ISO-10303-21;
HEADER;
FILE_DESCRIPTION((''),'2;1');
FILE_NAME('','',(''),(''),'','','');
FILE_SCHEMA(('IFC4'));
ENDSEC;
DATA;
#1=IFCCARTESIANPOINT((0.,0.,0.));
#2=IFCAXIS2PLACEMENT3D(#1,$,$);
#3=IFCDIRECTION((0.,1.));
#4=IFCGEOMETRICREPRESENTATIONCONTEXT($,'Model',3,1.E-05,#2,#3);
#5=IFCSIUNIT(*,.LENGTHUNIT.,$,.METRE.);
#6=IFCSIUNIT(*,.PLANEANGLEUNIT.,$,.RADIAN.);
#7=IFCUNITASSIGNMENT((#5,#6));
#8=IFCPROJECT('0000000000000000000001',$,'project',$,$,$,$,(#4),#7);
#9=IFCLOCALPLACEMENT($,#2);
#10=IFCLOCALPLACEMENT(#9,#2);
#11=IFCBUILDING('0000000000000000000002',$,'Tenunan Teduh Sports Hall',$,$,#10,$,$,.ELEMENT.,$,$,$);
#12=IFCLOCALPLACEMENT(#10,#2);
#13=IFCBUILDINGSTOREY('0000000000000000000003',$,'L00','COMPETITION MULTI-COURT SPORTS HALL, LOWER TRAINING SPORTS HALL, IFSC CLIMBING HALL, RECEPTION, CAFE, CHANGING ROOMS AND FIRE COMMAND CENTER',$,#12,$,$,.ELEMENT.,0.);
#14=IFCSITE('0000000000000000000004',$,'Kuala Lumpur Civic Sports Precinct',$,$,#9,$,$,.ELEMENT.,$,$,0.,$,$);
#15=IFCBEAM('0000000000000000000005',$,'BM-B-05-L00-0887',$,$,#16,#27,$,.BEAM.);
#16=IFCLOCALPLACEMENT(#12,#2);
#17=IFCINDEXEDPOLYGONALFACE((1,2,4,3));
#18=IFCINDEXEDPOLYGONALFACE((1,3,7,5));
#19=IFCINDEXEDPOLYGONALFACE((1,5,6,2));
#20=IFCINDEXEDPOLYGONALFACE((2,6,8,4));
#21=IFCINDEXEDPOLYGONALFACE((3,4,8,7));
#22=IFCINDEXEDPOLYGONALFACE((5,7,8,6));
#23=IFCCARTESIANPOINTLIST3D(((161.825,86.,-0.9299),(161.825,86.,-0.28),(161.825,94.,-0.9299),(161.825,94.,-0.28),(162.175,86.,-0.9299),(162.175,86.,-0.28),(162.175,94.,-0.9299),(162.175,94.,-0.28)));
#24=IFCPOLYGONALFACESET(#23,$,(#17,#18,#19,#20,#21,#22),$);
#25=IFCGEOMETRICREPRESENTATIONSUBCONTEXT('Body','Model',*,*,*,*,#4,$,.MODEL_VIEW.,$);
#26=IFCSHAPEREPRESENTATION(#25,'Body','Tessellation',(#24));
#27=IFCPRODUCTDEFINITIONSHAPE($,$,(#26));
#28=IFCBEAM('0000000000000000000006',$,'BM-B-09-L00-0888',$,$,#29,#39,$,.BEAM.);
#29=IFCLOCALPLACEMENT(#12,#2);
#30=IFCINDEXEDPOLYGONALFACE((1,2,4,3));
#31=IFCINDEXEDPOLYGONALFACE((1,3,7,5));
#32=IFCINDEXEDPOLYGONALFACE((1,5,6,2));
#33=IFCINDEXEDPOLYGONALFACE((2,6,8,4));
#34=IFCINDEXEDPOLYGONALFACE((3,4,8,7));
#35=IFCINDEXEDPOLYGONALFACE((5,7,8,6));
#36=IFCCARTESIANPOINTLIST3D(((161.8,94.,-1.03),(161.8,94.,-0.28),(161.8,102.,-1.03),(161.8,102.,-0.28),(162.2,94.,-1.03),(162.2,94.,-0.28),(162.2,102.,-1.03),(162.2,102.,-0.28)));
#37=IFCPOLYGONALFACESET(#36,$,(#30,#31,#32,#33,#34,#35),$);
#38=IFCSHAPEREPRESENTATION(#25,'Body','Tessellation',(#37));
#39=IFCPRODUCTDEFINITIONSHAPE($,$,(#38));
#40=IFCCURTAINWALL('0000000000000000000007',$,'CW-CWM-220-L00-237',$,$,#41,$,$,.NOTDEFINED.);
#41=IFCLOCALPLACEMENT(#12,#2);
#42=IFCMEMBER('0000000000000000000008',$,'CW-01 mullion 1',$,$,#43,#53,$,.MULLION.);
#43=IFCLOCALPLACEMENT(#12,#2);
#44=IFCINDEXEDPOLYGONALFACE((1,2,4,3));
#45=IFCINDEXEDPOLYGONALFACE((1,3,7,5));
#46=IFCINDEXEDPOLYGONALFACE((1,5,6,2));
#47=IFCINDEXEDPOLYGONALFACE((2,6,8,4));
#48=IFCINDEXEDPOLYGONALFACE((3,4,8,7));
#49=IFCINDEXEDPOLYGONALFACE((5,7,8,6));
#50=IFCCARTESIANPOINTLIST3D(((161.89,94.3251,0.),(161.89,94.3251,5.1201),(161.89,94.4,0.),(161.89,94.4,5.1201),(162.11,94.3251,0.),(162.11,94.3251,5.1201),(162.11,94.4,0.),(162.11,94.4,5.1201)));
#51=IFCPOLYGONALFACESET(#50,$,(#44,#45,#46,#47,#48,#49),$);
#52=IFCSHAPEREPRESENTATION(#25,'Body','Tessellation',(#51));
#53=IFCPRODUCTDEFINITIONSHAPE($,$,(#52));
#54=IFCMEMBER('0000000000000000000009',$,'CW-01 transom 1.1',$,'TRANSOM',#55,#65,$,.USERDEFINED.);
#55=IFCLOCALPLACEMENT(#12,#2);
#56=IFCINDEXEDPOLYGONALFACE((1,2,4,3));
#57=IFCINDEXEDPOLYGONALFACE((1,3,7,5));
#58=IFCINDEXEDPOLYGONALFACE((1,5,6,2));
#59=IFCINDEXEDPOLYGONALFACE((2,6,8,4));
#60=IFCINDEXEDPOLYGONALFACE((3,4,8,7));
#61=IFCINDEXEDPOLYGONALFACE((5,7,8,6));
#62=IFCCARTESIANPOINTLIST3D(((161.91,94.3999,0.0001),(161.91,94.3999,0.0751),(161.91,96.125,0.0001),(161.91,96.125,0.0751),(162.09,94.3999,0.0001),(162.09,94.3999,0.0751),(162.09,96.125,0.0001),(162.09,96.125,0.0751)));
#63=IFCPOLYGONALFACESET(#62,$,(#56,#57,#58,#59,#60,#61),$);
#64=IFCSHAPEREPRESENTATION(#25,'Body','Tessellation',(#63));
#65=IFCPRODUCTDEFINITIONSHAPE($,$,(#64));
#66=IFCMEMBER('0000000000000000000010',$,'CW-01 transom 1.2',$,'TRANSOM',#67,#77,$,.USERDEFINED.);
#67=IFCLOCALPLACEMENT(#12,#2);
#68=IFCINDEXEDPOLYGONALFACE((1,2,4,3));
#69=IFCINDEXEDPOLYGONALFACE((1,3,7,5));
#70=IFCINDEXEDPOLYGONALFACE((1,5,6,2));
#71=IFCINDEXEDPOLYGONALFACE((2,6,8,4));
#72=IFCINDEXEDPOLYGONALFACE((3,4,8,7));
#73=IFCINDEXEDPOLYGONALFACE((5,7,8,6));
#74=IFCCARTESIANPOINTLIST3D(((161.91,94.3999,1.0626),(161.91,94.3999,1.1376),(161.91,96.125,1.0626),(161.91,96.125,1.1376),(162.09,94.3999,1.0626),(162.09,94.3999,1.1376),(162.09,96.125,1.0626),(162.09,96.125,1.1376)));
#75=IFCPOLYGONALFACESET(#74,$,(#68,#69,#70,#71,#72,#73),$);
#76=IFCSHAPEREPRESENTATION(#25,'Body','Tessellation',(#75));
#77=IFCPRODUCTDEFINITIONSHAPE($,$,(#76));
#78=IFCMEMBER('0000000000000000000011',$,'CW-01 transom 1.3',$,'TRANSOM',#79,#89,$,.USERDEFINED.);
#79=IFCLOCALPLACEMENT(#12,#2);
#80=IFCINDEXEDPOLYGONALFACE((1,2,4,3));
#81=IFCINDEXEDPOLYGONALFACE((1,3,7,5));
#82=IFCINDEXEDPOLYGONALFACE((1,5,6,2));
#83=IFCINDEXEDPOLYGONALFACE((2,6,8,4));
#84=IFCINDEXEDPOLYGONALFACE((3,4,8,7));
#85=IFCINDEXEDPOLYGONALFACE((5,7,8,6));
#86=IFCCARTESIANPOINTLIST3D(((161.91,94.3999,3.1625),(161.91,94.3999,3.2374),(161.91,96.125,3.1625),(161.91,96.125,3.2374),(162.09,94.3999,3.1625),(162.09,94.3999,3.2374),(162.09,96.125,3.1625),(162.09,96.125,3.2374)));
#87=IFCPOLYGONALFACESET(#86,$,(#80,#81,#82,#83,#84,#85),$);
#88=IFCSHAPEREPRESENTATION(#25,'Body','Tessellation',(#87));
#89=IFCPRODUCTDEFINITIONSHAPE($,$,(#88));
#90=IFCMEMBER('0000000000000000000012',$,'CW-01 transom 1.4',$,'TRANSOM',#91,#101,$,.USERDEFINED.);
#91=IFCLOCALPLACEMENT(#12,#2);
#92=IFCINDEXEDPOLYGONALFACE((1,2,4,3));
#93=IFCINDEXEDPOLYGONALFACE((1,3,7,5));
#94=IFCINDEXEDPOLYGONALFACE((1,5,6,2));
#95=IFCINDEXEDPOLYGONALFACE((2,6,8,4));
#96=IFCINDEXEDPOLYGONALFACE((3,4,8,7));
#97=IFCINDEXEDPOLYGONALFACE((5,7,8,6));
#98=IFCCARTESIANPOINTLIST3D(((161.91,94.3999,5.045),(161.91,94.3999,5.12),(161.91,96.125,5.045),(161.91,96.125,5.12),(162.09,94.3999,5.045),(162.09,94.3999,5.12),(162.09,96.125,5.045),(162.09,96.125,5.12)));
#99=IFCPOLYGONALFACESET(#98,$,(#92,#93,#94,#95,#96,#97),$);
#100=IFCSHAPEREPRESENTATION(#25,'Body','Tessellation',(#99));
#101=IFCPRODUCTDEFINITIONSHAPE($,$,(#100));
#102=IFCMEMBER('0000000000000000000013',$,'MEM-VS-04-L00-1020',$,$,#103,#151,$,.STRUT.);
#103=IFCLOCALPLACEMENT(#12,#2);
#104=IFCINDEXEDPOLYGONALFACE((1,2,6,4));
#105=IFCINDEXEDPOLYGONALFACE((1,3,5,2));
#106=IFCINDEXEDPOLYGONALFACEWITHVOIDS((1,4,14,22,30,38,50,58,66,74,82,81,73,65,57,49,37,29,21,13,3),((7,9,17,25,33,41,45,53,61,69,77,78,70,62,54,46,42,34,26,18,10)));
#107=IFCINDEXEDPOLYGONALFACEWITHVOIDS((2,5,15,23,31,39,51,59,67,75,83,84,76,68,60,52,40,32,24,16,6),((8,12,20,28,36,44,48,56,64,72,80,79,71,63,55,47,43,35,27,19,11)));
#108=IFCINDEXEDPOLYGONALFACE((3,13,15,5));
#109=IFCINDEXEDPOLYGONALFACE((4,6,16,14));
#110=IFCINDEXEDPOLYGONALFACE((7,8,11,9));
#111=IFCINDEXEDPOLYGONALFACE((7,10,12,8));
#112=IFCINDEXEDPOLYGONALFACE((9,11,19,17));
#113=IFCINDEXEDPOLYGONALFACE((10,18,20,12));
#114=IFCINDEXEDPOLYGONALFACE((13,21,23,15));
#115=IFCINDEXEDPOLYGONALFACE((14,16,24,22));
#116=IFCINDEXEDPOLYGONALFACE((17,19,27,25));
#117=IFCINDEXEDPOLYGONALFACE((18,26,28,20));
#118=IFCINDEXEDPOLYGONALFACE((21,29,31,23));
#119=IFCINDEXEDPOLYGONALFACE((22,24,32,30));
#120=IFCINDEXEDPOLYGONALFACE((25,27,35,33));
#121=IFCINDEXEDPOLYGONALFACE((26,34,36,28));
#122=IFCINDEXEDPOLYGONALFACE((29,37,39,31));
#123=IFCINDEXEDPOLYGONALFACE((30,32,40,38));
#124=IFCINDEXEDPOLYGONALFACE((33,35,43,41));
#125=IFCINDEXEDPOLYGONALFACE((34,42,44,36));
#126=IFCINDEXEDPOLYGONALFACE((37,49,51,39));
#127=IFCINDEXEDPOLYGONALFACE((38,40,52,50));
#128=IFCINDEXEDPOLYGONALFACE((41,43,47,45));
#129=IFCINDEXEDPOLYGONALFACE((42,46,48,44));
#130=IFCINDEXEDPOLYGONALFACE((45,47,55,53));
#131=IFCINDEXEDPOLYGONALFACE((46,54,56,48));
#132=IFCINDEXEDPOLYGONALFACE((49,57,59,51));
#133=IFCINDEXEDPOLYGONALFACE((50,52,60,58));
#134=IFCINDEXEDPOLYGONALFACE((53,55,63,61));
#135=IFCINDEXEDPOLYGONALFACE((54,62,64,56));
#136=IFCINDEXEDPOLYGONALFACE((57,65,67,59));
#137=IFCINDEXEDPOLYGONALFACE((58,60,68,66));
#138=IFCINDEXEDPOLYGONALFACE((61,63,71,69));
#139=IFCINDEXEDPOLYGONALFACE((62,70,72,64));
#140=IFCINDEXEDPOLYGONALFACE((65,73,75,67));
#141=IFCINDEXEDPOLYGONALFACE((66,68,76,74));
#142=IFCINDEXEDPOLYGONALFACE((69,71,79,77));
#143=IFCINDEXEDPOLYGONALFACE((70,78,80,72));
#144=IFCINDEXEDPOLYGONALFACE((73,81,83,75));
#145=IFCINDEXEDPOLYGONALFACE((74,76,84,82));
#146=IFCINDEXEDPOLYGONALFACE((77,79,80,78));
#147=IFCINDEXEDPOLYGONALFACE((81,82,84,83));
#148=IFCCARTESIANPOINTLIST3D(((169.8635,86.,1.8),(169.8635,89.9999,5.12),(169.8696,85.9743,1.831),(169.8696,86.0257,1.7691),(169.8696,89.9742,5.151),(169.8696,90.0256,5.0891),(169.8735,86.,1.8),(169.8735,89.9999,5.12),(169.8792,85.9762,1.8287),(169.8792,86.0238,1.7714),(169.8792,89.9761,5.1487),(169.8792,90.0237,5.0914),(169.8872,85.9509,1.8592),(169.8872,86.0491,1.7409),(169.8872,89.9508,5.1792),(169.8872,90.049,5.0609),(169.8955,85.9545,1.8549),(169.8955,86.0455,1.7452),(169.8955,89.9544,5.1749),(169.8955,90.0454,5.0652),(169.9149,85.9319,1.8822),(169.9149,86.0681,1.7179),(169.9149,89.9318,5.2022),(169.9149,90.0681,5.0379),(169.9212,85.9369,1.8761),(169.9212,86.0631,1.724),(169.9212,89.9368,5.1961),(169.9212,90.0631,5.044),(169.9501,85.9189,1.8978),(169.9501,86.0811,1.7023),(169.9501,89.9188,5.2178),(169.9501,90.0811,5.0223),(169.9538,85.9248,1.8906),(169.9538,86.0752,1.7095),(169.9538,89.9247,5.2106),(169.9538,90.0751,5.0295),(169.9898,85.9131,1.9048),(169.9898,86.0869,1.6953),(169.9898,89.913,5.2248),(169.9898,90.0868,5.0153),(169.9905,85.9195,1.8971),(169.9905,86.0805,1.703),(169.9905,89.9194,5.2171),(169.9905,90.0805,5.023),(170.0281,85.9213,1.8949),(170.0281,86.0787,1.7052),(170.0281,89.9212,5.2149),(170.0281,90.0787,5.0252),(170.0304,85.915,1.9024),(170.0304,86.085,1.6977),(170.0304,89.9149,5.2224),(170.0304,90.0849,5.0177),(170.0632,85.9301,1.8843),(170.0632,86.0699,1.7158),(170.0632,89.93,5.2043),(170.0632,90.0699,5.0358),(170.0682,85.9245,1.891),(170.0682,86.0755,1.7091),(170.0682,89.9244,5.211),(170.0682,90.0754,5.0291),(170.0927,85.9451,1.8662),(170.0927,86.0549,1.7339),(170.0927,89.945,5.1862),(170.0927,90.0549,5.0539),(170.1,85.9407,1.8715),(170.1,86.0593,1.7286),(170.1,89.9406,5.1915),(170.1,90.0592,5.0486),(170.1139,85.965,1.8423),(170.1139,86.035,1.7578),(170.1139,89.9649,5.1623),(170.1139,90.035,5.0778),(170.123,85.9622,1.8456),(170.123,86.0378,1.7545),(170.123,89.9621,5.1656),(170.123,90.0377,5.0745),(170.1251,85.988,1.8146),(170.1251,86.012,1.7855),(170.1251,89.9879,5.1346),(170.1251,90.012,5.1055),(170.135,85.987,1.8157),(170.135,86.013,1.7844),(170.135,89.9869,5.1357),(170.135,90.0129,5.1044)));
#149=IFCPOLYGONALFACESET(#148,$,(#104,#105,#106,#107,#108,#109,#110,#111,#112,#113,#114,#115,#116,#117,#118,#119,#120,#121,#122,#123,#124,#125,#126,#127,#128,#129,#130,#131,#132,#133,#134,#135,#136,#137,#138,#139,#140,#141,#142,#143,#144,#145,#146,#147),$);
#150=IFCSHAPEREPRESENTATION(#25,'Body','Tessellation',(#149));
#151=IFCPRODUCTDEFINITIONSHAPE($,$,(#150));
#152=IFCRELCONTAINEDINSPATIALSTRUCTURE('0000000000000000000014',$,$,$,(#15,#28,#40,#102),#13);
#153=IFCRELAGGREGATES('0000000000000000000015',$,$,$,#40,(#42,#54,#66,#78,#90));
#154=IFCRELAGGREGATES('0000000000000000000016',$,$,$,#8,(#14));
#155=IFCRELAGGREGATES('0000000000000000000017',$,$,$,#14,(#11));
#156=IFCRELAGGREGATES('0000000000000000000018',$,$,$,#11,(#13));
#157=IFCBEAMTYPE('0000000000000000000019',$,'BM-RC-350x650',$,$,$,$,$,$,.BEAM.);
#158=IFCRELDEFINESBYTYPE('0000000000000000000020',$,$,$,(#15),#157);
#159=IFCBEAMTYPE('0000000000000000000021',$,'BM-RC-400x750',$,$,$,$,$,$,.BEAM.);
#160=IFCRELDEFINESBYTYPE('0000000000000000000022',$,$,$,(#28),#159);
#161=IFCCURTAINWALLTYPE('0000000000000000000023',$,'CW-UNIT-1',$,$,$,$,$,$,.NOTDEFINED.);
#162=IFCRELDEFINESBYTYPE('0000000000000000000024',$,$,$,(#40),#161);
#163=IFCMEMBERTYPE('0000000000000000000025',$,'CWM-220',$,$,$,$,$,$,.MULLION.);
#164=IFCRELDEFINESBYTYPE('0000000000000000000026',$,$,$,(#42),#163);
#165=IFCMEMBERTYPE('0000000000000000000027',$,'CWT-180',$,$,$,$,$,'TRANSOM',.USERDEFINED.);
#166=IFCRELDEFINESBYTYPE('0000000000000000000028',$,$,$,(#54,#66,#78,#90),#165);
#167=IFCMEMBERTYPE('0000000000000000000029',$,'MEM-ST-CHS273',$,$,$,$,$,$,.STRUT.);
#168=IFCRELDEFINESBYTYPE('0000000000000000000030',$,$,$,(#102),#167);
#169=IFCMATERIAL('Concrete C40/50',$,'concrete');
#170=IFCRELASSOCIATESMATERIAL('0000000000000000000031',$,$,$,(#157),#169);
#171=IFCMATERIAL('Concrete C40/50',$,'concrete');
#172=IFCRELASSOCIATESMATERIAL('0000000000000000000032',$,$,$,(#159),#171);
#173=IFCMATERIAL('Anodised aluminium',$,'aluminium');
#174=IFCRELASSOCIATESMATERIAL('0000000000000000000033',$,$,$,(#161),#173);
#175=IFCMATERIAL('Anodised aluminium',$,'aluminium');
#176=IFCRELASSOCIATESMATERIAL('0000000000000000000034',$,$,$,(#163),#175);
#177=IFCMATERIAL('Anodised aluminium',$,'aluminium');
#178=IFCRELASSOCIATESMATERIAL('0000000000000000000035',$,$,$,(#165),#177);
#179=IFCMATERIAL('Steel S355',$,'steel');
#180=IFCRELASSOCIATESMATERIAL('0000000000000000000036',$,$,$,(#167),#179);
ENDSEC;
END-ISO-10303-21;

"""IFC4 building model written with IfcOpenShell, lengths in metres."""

from ifc_helpers import new_model, si_unit, direction, frame, origin, origin_2d, place, context, subcontext, project, spatial, rectangle, hollow_circle, extrude, material, material_profile, profile_set, type_object, element, aggregate, save


model = new_model("IFC4")

# Units and contexts
model_context = context("Model", 3, precision=1e-05, world=origin(), true_north=direction((0.0, 1.0)))
body_context = subcontext(model_context, "Body", "Model", "MODEL_VIEW")
ifc_project = project(units=[si_unit("LENGTHUNIT", "METRE"), si_unit("PLANEANGLEUNIT", "RADIAN")], contexts=[model_context])

# Site, building, storey
site_placement = place(None, origin())
site = spatial("IfcSite", under=ifc_project, at=site_placement, Name="Kuala Lumpur Civic Sports Precinct", CompositionType="ELEMENT", RefElevation=0.0)
building_placement = place(site_placement, origin())
building = spatial("IfcBuilding", under=site, at=building_placement, Name="Tenunan Teduh Sports Hall", CompositionType="ELEMENT")
storey_placement = place(building_placement, origin())
storey = spatial("IfcBuildingStorey", under=building, at=storey_placement, Name="L00", Description="COMPETITION MULTI-COURT SPORTS HALL, LOWER TRAINING SPORTS HALL, IFSC CLIMBING HALL, RECEPTION, CAFE, CHANGING ROOMS AND FIRE COMMAND CENTER", CompositionType="ELEMENT", Elevation=0.0)

# Beams
ifc_material_1 = material(Name="Concrete C40/50", Category="concrete")
ifc_material_profile_1 = material_profile(ifc_material_1, rectangle(XDim=0.3501, YDim=0.6499, at=origin_2d()), Name="RCB 350x650")
ifc_profile_set_1 = profile_set([ifc_material_profile_1], Name="Concrete C40/50")
beam_type_1 = type_object("IfcBeamType", Name="BM-RC-350x650", PredefinedType="BEAM", material=ifc_profile_set_1)
beam_1_placement = place(storey_placement, frame((162.0, 86.0, -0.605), z_axis=(0.0, 1.0, 0.0), x_axis=(-1.0, 0.0, 0.0)))
element("IfcBeam", 1, at=beam_1_placement, inside=storey, type_object=beam_type_1, Name="BM-B-05-L00-0887", PredefinedType="BEAM", context=body_context, shape_type="SweptSolid", body=[
    extrude(rectangle(XDim=0.3501, YDim=0.6499, at=origin_2d()), origin(), (0.0, 0.0, 1.0), 8.0),
])
ifc_material_2 = material(Name="Concrete C40/50", Category="concrete")
ifc_material_profile_2 = material_profile(ifc_material_2, rectangle(XDim=0.3999, YDim=0.75, at=origin_2d()), Name="RCB 400x750")
ifc_profile_set_2 = profile_set([ifc_material_profile_2], Name="Concrete C40/50")
beam_type_2 = type_object("IfcBeamType", Name="BM-RC-400x750", PredefinedType="BEAM", material=ifc_profile_set_2)
beam_2_placement = place(storey_placement, frame((162.0, 94.0, -0.655), z_axis=(0.0, 1.0, 0.0), x_axis=(-1.0, 0.0, 0.0)))
element("IfcBeam", 2, at=beam_2_placement, inside=storey, type_object=beam_type_2, Name="BM-B-09-L00-0888", PredefinedType="BEAM", context=body_context, shape_type="SweptSolid", body=[
    extrude(rectangle(XDim=0.3999, YDim=0.75, at=origin_2d()), origin(), (0.0, 0.0, 1.0), 8.0),
])

# Curtain wall, members
ifc_material_3 = material(Name="Anodised aluminium", Category="aluminium")
curtain_wall_type = type_object("IfcCurtainWallType", Name="CW-UNIT-1", PredefinedType="NOTDEFINED", material=ifc_material_3)
curtain_wall_placement = place(storey_placement, origin())
curtain_wall = element("IfcCurtainWall", 3, at=curtain_wall_placement, inside=storey, type_object=curtain_wall_type, Name="CW-CWM-220-L00-237", PredefinedType="NOTDEFINED")
ifc_material_4 = material(Name="Anodised aluminium", Category="aluminium")
ifc_material_profile_3 = material_profile(ifc_material_4, rectangle(XDim=0.075, YDim=0.22, at=origin_2d()), Name="CWM 75x220")
ifc_profile_set_3 = profile_set([ifc_material_profile_3], Name="Anodised aluminium")
member_type_1 = type_object("IfcMemberType", Name="CWM-220", PredefinedType="MULLION", material=ifc_profile_set_3)
member_1_placement = place(storey_placement, frame((162.0, 94.3625, 0.0), z_axis=(0.0, 0.0, 1.0), x_axis=(0.0, 1.0, 0.0)))
member_1 = element("IfcMember", 4, at=member_1_placement, type_object=member_type_1, Name="CW-01 mullion 1", PredefinedType="MULLION", context=body_context, shape_type="SweptSolid", body=[
    extrude(rectangle(XDim=0.075, YDim=0.22, at=origin_2d()), origin(), (0.0, 0.0, 1.0), 5.1201),
])
ifc_material_5 = material(Name="Anodised aluminium", Category="aluminium")
ifc_material_profile_4 = material_profile(ifc_material_5, rectangle(XDim=0.075, YDim=0.1799, at=origin_2d()), Name="CWT 75x180")
ifc_profile_set_4 = profile_set([ifc_material_profile_4], Name="Anodised aluminium")
member_type_2 = type_object("IfcMemberType", Name="CWT-180", ElementType="TRANSOM", PredefinedType="USERDEFINED", material=ifc_profile_set_4)
member_2_placement = place(storey_placement, frame((162.0, 94.3999, 0.0376), z_axis=(0.0, 1.0, 0.0), x_axis=(0.0, 0.0, 1.0)))
member_2 = element("IfcMember", 5, at=member_2_placement, type_object=member_type_2, Name="CW-01 transom 1.1", ObjectType="TRANSOM", PredefinedType="USERDEFINED", context=body_context, shape_type="SweptSolid", body=[
    extrude(rectangle(XDim=0.075, YDim=0.1799, at=origin_2d()), origin(), (0.0, 0.0, 1.0), 1.7251),
])
member_3_placement = place(storey_placement, frame((162.0, 94.3999, 1.1001), z_axis=(0.0, 1.0, 0.0), x_axis=(0.0, 0.0, 1.0)))
member_3 = element("IfcMember", 6, at=member_3_placement, type_object=member_type_2, Name="CW-01 transom 1.2", ObjectType="TRANSOM", PredefinedType="USERDEFINED", context=body_context, shape_type="SweptSolid", body=[
    extrude(rectangle(XDim=0.075, YDim=0.1799, at=origin_2d()), origin(), (0.0, 0.0, 1.0), 1.7251),
])
member_4_placement = place(storey_placement, frame((162.0, 94.3999, 3.2), z_axis=(0.0, 1.0, 0.0), x_axis=(0.0, 0.0, 1.0)))
member_4 = element("IfcMember", 7, at=member_4_placement, type_object=member_type_2, Name="CW-01 transom 1.3", ObjectType="TRANSOM", PredefinedType="USERDEFINED", context=body_context, shape_type="SweptSolid", body=[
    extrude(rectangle(XDim=0.075, YDim=0.1799, at=origin_2d()), origin(), (0.0, 0.0, 1.0), 1.7251),
])
member_5_placement = place(storey_placement, frame((162.0, 94.3999, 5.0825), z_axis=(0.0, 1.0, 0.0), x_axis=(0.0, 0.0, 1.0)))
member_5 = element("IfcMember", 8, at=member_5_placement, type_object=member_type_2, Name="CW-01 transom 1.4", ObjectType="TRANSOM", PredefinedType="USERDEFINED", context=body_context, shape_type="SweptSolid", body=[
    extrude(rectangle(XDim=0.075, YDim=0.1799, at=origin_2d()), origin(), (0.0, 0.0, 1.0), 1.7251),
])
aggregate(curtain_wall, [member_1, member_2, member_3, member_4, member_5])

# Member
ifc_material_6 = material(Name="Steel S355", Category="steel")
ifc_material_profile_5 = material_profile(ifc_material_6, hollow_circle(Radius=0.1365, WallThickness=0.01, at=origin_2d()), Name="CHS 273.0x10.0")
ifc_profile_set_5 = profile_set([ifc_material_profile_5], Name="Steel S355")
member_type_3 = type_object("IfcMemberType", Name="MEM-ST-CHS273", PredefinedType="STRUT", material=ifc_profile_set_5)
for number, where, z_axis, x_axis, name in (
    (9, (170.0, 86.0, 1.8), (0.0, 0.769475, 0.638677), (-1.0, 0.0, 0.0), "MEM-VS-04-L00-1020"),
):
    element("IfcMember", number, at=place(storey_placement, frame(where, z_axis=z_axis, x_axis=x_axis)), inside=storey, type_object=member_type_3, Name=name, PredefinedType="STRUT", context=body_context, shape_type="SweptSolid", body=[
        extrude(hollow_circle(Radius=0.1365, WallThickness=0.01, at=origin_2d()), origin(), (0.0, 0.0, 1.0), 5.1982),
    ])

save(model, "model.ifc")
